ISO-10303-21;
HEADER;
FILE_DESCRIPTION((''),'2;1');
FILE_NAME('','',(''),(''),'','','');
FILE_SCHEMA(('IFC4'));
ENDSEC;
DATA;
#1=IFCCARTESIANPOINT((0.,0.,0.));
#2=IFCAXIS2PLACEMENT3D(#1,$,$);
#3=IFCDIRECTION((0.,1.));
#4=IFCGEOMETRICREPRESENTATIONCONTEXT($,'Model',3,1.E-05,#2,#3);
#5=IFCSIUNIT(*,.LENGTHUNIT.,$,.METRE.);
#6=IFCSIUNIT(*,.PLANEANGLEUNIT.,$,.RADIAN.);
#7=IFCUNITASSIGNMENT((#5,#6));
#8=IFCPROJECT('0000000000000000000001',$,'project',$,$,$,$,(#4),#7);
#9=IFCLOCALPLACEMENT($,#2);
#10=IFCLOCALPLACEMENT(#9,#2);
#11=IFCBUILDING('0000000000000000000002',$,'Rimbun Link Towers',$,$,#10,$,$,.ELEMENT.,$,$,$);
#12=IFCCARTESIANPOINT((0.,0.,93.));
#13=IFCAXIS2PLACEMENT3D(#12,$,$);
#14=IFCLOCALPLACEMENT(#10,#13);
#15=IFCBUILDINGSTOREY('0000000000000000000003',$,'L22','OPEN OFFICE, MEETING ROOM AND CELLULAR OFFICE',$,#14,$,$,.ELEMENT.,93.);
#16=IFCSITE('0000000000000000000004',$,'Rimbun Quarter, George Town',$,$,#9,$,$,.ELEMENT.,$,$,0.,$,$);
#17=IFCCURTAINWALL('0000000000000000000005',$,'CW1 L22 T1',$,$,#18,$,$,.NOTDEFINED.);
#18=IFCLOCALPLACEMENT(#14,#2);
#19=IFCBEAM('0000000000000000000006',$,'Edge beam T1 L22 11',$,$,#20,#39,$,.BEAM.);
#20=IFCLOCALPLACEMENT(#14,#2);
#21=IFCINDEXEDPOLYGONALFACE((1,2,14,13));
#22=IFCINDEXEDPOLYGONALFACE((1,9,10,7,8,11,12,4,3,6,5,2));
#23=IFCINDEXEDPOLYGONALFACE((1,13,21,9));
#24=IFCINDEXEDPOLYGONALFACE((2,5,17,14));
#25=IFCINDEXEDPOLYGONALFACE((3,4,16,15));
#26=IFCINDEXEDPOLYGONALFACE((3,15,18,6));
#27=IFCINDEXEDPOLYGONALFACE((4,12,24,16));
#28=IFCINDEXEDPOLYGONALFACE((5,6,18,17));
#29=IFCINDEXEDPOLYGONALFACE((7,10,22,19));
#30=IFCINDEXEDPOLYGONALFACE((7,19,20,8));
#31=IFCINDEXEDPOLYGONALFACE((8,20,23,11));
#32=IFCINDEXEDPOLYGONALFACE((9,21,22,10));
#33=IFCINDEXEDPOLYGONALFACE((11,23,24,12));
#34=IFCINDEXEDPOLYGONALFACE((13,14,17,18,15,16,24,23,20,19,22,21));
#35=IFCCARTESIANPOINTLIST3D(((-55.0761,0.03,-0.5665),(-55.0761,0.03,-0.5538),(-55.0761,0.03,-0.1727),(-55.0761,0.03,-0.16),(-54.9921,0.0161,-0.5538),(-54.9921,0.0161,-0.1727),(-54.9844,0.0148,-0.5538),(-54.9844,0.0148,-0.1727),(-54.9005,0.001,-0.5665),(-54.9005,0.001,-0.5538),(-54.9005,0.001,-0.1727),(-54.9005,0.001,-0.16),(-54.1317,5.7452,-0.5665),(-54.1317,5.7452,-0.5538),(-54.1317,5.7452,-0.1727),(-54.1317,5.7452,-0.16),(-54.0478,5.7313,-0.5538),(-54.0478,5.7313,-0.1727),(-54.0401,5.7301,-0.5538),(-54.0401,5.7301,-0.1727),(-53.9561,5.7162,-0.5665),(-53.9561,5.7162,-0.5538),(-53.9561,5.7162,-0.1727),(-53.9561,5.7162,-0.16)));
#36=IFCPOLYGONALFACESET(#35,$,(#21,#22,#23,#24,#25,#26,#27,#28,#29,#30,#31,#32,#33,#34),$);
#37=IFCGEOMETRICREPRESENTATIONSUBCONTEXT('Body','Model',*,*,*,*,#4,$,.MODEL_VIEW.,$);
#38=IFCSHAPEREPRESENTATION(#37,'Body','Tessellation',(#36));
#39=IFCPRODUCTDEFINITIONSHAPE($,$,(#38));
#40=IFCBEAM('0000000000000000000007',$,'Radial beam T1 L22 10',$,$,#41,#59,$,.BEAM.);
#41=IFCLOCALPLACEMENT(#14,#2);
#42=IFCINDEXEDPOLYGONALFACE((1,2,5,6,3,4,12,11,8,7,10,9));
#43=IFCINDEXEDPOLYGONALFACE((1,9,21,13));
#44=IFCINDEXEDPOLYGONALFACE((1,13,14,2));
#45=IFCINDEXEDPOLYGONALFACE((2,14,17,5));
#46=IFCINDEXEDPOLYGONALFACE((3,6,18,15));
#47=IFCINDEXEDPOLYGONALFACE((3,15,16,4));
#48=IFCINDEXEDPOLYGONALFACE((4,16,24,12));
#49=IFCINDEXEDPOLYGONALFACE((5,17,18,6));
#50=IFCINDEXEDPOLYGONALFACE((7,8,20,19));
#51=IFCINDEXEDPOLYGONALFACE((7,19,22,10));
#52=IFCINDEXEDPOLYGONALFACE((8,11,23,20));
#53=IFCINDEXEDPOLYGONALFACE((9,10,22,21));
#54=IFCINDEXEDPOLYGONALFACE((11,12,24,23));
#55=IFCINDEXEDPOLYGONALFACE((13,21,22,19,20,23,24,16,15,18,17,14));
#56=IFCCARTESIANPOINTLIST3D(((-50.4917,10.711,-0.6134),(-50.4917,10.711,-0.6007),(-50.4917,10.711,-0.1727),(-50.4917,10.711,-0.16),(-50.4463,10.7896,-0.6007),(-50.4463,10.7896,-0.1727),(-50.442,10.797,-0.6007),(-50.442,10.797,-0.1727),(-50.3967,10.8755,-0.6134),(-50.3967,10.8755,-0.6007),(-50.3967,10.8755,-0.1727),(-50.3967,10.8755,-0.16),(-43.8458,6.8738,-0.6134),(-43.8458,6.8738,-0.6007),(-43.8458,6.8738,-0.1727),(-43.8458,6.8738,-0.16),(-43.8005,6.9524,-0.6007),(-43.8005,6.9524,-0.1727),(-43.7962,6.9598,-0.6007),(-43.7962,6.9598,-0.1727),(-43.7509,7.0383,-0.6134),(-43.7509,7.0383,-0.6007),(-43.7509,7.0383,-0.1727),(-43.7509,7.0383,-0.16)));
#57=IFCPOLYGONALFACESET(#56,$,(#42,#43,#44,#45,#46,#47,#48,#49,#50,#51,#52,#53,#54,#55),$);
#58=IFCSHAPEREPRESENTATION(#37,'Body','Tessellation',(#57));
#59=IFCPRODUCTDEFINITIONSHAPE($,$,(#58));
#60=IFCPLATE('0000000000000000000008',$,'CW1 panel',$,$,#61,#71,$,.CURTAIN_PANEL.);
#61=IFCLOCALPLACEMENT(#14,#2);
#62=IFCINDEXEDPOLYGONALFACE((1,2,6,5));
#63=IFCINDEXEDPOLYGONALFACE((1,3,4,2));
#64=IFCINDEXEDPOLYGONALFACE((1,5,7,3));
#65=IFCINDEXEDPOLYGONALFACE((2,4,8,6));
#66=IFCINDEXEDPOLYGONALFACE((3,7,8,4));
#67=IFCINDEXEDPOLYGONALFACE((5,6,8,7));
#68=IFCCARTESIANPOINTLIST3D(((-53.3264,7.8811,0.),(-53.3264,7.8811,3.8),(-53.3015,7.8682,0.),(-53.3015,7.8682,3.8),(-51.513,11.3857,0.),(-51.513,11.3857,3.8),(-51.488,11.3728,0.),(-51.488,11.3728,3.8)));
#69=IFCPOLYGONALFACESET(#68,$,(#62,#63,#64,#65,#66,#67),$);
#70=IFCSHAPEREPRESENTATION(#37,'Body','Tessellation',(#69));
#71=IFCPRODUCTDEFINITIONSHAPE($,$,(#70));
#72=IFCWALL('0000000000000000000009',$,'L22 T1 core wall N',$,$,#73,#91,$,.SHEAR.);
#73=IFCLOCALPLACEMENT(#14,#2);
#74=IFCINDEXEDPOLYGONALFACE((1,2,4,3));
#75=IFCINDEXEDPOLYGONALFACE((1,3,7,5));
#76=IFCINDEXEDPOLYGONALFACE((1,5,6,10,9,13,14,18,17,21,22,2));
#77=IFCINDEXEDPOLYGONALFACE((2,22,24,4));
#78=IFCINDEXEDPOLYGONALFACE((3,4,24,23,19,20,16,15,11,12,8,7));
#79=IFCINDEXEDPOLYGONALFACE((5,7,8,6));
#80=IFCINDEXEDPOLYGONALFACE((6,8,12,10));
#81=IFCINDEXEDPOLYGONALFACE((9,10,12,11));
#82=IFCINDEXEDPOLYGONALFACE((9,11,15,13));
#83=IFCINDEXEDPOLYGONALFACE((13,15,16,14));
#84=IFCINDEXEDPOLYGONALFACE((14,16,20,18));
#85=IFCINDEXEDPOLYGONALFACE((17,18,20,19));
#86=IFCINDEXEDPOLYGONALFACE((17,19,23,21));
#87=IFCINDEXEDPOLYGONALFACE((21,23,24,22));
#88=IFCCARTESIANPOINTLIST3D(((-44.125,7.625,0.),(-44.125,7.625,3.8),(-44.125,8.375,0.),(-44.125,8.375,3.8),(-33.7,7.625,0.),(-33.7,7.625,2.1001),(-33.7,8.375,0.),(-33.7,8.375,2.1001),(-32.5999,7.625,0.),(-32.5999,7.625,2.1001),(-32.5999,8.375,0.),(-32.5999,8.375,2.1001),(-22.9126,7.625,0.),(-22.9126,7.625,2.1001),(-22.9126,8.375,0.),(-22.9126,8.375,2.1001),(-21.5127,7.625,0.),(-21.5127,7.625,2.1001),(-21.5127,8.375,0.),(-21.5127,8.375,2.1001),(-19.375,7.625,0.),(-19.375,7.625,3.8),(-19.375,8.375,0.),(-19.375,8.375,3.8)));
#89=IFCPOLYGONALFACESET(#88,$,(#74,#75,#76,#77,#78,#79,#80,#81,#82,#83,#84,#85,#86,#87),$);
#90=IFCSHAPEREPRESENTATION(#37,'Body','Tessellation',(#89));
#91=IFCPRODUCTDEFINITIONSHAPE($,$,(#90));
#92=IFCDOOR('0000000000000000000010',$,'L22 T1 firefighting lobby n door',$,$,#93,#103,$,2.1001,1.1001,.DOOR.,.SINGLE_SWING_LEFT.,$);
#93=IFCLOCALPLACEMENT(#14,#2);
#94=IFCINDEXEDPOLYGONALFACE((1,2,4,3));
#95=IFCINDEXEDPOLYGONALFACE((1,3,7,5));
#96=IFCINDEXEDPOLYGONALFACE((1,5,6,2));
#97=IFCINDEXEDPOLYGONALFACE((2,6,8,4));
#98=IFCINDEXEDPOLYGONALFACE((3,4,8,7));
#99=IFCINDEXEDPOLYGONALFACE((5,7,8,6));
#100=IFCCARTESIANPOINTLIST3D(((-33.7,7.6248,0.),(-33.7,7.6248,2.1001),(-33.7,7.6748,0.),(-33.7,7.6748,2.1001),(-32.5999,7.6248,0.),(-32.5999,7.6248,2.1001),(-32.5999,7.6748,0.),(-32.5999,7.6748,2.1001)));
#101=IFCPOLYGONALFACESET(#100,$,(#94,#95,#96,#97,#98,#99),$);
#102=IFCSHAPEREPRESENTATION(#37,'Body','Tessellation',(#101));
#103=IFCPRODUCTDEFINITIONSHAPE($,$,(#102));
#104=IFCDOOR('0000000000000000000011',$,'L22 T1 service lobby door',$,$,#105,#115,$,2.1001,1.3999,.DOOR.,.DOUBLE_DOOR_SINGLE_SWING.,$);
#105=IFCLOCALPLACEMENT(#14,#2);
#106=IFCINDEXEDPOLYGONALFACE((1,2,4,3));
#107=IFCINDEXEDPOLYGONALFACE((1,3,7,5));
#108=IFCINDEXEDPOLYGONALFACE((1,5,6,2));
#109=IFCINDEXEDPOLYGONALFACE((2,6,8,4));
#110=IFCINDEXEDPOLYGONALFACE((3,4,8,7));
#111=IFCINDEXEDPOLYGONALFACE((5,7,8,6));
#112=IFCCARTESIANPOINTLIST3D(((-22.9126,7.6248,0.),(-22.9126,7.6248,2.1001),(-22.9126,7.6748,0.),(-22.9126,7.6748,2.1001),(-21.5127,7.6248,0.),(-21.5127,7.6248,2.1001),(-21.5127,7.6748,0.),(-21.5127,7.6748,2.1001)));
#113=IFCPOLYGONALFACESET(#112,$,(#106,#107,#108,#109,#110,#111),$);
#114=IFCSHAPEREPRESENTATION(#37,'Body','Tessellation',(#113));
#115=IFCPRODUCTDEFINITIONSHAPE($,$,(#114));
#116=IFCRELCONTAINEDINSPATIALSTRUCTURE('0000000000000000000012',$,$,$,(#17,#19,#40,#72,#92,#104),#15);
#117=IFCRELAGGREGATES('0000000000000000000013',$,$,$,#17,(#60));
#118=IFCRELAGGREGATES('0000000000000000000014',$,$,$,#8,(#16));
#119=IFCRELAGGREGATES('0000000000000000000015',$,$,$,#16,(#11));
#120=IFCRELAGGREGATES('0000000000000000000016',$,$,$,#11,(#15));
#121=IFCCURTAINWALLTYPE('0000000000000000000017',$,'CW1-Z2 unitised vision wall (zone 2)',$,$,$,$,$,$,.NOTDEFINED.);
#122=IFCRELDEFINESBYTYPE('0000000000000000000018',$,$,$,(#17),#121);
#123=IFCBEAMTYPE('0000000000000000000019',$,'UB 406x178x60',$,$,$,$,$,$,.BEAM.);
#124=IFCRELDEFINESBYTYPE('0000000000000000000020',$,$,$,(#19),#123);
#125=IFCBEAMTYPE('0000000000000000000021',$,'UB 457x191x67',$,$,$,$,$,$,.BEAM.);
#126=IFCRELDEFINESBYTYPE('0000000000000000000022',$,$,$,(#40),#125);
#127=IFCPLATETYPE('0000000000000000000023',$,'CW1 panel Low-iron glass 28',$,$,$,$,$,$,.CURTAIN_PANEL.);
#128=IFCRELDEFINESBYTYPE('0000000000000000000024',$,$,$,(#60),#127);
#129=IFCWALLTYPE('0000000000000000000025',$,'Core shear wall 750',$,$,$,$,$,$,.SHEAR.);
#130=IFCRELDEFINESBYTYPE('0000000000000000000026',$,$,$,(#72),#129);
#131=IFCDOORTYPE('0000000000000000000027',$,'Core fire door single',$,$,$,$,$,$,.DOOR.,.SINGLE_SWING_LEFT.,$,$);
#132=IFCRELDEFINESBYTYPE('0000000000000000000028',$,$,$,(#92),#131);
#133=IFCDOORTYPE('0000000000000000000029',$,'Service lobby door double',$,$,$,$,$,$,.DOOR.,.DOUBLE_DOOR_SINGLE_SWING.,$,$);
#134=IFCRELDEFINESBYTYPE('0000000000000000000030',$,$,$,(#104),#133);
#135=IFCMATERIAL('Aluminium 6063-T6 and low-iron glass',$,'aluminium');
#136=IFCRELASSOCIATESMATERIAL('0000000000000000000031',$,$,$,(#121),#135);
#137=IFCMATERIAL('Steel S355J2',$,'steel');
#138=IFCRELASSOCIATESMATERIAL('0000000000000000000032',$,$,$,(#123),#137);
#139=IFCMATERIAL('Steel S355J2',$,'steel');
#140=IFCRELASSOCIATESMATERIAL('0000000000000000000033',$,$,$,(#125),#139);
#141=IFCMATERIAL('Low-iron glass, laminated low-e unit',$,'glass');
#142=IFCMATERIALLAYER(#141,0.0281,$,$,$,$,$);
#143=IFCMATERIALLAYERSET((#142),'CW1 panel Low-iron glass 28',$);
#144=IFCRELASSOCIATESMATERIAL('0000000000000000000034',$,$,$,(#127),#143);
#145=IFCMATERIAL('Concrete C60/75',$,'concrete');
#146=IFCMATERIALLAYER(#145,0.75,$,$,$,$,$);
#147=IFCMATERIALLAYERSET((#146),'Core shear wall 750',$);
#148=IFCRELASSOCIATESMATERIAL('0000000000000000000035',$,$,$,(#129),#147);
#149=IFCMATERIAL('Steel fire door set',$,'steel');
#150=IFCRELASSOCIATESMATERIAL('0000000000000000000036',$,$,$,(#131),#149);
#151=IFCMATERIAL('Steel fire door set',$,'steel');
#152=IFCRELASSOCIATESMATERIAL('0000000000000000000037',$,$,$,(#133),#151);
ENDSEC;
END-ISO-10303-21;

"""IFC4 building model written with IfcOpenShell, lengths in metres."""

from ifc_helpers import new_model, si_unit, direction, frame, frame_2d, origin, origin_2d, place, context, subcontext, project, spatial, rectangle, i_section, extrude, material, layer, layer_set, material_profile, profile_set, type_object, element, fill, aggregate, save


model = new_model("IFC4")

# Units and contexts
model_context = context("Model", 3, precision=1e-05, world=origin(), true_north=direction((0.0, 1.0)))
body_context = subcontext(model_context, "Body", "Model", "MODEL_VIEW")
ifc_project = project(units=[si_unit("LENGTHUNIT", "METRE"), si_unit("PLANEANGLEUNIT", "RADIAN")], contexts=[model_context])

# Site, building, storey
site_placement = place(None, origin())
site = spatial("IfcSite", under=ifc_project, at=site_placement, Name="Rimbun Quarter, George Town", CompositionType="ELEMENT", RefElevation=0.0)
building_placement = place(site_placement, origin())
building = spatial("IfcBuilding", under=site, at=building_placement, Name="Rimbun Link Towers", CompositionType="ELEMENT")
storey_placement = place(building_placement, frame((0.0, 0.0, 93.0)))
storey = spatial("IfcBuildingStorey", under=building, at=storey_placement, Name="L22", Description="OPEN OFFICE, MEETING ROOM AND CELLULAR OFFICE", CompositionType="ELEMENT", Elevation=93.0)

# Curtain wall
ifc_material_1 = material(Name="Aluminium 6063-T6 and low-iron glass", Category="aluminium")
curtain_wall_type = type_object("IfcCurtainWallType", Name="CW1-Z2 unitised vision wall (zone 2)", PredefinedType="NOTDEFINED", material=ifc_material_1)
curtain_wall_placement = place(storey_placement, origin())
curtain_wall = element("IfcCurtainWall", 1, at=curtain_wall_placement, inside=storey, type_object=curtain_wall_type, Name="CW1 L22 T1", PredefinedType="NOTDEFINED")

# Beams
ifc_material_2 = material(Name="Steel S355J2", Category="steel")
ifc_material_profile_1 = material_profile(ifc_material_2, i_section(OverallWidth=0.178, OverallDepth=0.4065, WebThickness=0.0078, FlangeThickness=0.0127, at=origin_2d()), Name="UB 406x178x60")
ifc_profile_set_1 = profile_set([ifc_material_profile_1], Name="Steel S355J2")
beam_type_1 = type_object("IfcBeamType", Name="UB 406x178x60", PredefinedType="BEAM", material=ifc_profile_set_1)
beam_1_placement = place(storey_placement, frame((-54.0439, 5.7307, -0.3633), z_axis=(-0.163018, -0.986623, 0.0), x_axis=(0.986623, -0.163018, 0.0)))
element("IfcBeam", 2, at=beam_1_placement, inside=storey, type_object=beam_type_1, Name="Edge beam T1 L22 11", PredefinedType="BEAM", context=body_context, shape_type="SweptSolid", body=[
    extrude(i_section(OverallWidth=0.178, OverallDepth=0.4065, WebThickness=0.0078, FlangeThickness=0.0127, at=origin_2d()), origin(), (0.0, 0.0, 1.0), 5.7927),
])
ifc_material_3 = material(Name="Steel S355J2", Category="steel")
ifc_material_profile_2 = material_profile(ifc_material_3, i_section(OverallWidth=0.1899, OverallDepth=0.4534, WebThickness=0.0085, FlangeThickness=0.0127, at=origin_2d()), Name="UB 457x191x67")
ifc_profile_set_2 = profile_set([ifc_material_profile_2], Name="Steel S355J2")
beam_type_2 = type_object("IfcBeamType", Name="UB 457x191x67", PredefinedType="BEAM", material=ifc_profile_set_2)
beam_2_placement = place(storey_placement, frame((-43.7983, 6.9561, -0.3867), z_axis=(-0.866012, 0.500023, 0.0), x_axis=(-0.500023, -0.866012, 0.0)))
element("IfcBeam", 3, at=beam_2_placement, inside=storey, type_object=beam_type_2, Name="Radial beam T1 L22 10", PredefinedType="BEAM", context=body_context, shape_type="SweptSolid", body=[
    extrude(i_section(OverallWidth=0.1899, OverallDepth=0.4534, WebThickness=0.0085, FlangeThickness=0.0127, at=origin_2d()), origin(), (0.0, 0.0, 1.0), 7.6741),
])

# Plate
ifc_material_4 = material(Name="Low-iron glass, laminated low-e unit", Category="glass")
ifc_layer_1 = layer(ifc_material_4, 0.0281)
ifc_layer_set_1 = layer_set([ifc_layer_1], Name="CW1 panel Low-iron glass 28")
plate_type = type_object("IfcPlateType", Name="CW1 panel Low-iron glass 28", PredefinedType="CURTAIN_PANEL", material=ifc_layer_set_1)
plate_placement = place(storey_placement, frame((-52.4072, 9.627, 0.0), z_axis=(0.0, 0.0, 1.0), x_axis=(0.459556, 0.888149, 0.0)))
plate = element("IfcPlate", 4, at=plate_placement, type_object=plate_type, Name="CW1 panel", PredefinedType="CURTAIN_PANEL", context=body_context, shape_type="SweptSolid", body=[
    extrude(rectangle(XDim=3.946, YDim=0.0281, at=origin_2d()), origin(), (0.0, 0.0, 1.0), 3.8),
])
aggregate(curtain_wall, [plate])

# Wall, openings, doors
ifc_material_5 = material(Name="Concrete C60/75", Category="concrete")
ifc_layer_2 = layer(ifc_material_5, 0.75)
ifc_layer_set_2 = layer_set([ifc_layer_2], Name="Core shear wall 750")
wall_type_1 = type_object("IfcWallType", Name="Core shear wall 750", PredefinedType="SHEAR", material=ifc_layer_set_2)
wall_1_placement = place(storey_placement, frame((-44.125, 8.0, 0.0), z_axis=(0.0, 0.0, 1.0), x_axis=(1.0, 0.0, 0.0)))
wall_1 = element("IfcWall", 5, at=wall_1_placement, inside=storey, type_object=wall_type_1, Name="L22 T1 core wall N", PredefinedType="SHEAR", context=body_context, shape_type="SweptSolid", body=[
    extrude(rectangle(XDim=24.75, YDim=0.75, at=frame_2d((12.375, 0.0))), origin(), (0.0, 0.0, 1.0), 3.8),
])
opening_1_placement = place(wall_1_placement, frame((10.425, 0.0, 0.0)))
opening_1 = element("IfcOpeningElement", 6, at=opening_1_placement, cuts=wall_1, PredefinedType="OPENING", context=body_context, shape_type="SweptSolid", body=[
    extrude(rectangle(XDim=1.1001, YDim=2.1001, at=frame_2d((0.55, 1.05))), frame((0.0, 0.385, 0.0), z_axis=(0.0, -1.0, 0.0), x_axis=(1.0, 0.0, 0.0)), (0.0, 0.0, 1.0), 0.77),
])
opening_2_placement = place(wall_1_placement, frame((21.2124, 0.0, 0.0)))
opening_2 = element("IfcOpeningElement", 7, at=opening_2_placement, cuts=wall_1, PredefinedType="OPENING", context=body_context, shape_type="SweptSolid", body=[
    extrude(rectangle(XDim=1.3999, YDim=2.1001, at=frame_2d((0.7, 1.05))), frame((0.0, 0.385, 0.0), z_axis=(0.0, -1.0, 0.0), x_axis=(1.0, 0.0, 0.0)), (0.0, 0.0, 1.0), 0.77),
])
ifc_material_6 = material(Name="Steel fire door set", Category="steel")
door_type_1 = type_object("IfcDoorType", Name="Core fire door single", OperationType="SINGLE_SWING_LEFT", PredefinedType="DOOR", material=ifc_material_6)
door_1_placement = place(opening_1_placement, origin())
door_1 = element("IfcDoor", 8, at=door_1_placement, inside=storey, type_object=door_type_1, Name="L22 T1 firefighting lobby n door", OperationType="SINGLE_SWING_LEFT", OverallHeight=2.1001, OverallWidth=1.1001, PredefinedType="DOOR", context=body_context, shape_type="SweptSolid", body=[
    extrude(rectangle(XDim=1.1001, YDim=2.1001, at=frame_2d((0.55, 1.05))), frame((0.0, -0.3252, 0.0), z_axis=(0.0, -1.0, 0.0), x_axis=(1.0, 0.0, 0.0)), (0.0, 0.0, 1.0), 0.05),
])
fill(opening_1, door_1)
ifc_material_7 = material(Name="Steel fire door set", Category="steel")
door_type_2 = type_object("IfcDoorType", Name="Service lobby door double", OperationType="DOUBLE_DOOR_SINGLE_SWING", PredefinedType="DOOR", material=ifc_material_7)
door_2_placement = place(opening_2_placement, origin())
door_2 = element("IfcDoor", 9, at=door_2_placement, inside=storey, type_object=door_type_2, Name="L22 T1 service lobby door", OperationType="DOUBLE_DOOR_SINGLE_SWING", OverallHeight=2.1001, OverallWidth=1.3999, PredefinedType="DOOR", context=body_context, shape_type="SweptSolid", body=[
    extrude(rectangle(XDim=1.3999, YDim=2.1001, at=frame_2d((0.7, 1.05))), frame((0.0, -0.3252, 0.0), z_axis=(0.0, -1.0, 0.0), x_axis=(1.0, 0.0, 0.0)), (0.0, 0.0, 1.0), 0.05),
])
fill(opening_2, door_2)

save(model, "model.ifc")
